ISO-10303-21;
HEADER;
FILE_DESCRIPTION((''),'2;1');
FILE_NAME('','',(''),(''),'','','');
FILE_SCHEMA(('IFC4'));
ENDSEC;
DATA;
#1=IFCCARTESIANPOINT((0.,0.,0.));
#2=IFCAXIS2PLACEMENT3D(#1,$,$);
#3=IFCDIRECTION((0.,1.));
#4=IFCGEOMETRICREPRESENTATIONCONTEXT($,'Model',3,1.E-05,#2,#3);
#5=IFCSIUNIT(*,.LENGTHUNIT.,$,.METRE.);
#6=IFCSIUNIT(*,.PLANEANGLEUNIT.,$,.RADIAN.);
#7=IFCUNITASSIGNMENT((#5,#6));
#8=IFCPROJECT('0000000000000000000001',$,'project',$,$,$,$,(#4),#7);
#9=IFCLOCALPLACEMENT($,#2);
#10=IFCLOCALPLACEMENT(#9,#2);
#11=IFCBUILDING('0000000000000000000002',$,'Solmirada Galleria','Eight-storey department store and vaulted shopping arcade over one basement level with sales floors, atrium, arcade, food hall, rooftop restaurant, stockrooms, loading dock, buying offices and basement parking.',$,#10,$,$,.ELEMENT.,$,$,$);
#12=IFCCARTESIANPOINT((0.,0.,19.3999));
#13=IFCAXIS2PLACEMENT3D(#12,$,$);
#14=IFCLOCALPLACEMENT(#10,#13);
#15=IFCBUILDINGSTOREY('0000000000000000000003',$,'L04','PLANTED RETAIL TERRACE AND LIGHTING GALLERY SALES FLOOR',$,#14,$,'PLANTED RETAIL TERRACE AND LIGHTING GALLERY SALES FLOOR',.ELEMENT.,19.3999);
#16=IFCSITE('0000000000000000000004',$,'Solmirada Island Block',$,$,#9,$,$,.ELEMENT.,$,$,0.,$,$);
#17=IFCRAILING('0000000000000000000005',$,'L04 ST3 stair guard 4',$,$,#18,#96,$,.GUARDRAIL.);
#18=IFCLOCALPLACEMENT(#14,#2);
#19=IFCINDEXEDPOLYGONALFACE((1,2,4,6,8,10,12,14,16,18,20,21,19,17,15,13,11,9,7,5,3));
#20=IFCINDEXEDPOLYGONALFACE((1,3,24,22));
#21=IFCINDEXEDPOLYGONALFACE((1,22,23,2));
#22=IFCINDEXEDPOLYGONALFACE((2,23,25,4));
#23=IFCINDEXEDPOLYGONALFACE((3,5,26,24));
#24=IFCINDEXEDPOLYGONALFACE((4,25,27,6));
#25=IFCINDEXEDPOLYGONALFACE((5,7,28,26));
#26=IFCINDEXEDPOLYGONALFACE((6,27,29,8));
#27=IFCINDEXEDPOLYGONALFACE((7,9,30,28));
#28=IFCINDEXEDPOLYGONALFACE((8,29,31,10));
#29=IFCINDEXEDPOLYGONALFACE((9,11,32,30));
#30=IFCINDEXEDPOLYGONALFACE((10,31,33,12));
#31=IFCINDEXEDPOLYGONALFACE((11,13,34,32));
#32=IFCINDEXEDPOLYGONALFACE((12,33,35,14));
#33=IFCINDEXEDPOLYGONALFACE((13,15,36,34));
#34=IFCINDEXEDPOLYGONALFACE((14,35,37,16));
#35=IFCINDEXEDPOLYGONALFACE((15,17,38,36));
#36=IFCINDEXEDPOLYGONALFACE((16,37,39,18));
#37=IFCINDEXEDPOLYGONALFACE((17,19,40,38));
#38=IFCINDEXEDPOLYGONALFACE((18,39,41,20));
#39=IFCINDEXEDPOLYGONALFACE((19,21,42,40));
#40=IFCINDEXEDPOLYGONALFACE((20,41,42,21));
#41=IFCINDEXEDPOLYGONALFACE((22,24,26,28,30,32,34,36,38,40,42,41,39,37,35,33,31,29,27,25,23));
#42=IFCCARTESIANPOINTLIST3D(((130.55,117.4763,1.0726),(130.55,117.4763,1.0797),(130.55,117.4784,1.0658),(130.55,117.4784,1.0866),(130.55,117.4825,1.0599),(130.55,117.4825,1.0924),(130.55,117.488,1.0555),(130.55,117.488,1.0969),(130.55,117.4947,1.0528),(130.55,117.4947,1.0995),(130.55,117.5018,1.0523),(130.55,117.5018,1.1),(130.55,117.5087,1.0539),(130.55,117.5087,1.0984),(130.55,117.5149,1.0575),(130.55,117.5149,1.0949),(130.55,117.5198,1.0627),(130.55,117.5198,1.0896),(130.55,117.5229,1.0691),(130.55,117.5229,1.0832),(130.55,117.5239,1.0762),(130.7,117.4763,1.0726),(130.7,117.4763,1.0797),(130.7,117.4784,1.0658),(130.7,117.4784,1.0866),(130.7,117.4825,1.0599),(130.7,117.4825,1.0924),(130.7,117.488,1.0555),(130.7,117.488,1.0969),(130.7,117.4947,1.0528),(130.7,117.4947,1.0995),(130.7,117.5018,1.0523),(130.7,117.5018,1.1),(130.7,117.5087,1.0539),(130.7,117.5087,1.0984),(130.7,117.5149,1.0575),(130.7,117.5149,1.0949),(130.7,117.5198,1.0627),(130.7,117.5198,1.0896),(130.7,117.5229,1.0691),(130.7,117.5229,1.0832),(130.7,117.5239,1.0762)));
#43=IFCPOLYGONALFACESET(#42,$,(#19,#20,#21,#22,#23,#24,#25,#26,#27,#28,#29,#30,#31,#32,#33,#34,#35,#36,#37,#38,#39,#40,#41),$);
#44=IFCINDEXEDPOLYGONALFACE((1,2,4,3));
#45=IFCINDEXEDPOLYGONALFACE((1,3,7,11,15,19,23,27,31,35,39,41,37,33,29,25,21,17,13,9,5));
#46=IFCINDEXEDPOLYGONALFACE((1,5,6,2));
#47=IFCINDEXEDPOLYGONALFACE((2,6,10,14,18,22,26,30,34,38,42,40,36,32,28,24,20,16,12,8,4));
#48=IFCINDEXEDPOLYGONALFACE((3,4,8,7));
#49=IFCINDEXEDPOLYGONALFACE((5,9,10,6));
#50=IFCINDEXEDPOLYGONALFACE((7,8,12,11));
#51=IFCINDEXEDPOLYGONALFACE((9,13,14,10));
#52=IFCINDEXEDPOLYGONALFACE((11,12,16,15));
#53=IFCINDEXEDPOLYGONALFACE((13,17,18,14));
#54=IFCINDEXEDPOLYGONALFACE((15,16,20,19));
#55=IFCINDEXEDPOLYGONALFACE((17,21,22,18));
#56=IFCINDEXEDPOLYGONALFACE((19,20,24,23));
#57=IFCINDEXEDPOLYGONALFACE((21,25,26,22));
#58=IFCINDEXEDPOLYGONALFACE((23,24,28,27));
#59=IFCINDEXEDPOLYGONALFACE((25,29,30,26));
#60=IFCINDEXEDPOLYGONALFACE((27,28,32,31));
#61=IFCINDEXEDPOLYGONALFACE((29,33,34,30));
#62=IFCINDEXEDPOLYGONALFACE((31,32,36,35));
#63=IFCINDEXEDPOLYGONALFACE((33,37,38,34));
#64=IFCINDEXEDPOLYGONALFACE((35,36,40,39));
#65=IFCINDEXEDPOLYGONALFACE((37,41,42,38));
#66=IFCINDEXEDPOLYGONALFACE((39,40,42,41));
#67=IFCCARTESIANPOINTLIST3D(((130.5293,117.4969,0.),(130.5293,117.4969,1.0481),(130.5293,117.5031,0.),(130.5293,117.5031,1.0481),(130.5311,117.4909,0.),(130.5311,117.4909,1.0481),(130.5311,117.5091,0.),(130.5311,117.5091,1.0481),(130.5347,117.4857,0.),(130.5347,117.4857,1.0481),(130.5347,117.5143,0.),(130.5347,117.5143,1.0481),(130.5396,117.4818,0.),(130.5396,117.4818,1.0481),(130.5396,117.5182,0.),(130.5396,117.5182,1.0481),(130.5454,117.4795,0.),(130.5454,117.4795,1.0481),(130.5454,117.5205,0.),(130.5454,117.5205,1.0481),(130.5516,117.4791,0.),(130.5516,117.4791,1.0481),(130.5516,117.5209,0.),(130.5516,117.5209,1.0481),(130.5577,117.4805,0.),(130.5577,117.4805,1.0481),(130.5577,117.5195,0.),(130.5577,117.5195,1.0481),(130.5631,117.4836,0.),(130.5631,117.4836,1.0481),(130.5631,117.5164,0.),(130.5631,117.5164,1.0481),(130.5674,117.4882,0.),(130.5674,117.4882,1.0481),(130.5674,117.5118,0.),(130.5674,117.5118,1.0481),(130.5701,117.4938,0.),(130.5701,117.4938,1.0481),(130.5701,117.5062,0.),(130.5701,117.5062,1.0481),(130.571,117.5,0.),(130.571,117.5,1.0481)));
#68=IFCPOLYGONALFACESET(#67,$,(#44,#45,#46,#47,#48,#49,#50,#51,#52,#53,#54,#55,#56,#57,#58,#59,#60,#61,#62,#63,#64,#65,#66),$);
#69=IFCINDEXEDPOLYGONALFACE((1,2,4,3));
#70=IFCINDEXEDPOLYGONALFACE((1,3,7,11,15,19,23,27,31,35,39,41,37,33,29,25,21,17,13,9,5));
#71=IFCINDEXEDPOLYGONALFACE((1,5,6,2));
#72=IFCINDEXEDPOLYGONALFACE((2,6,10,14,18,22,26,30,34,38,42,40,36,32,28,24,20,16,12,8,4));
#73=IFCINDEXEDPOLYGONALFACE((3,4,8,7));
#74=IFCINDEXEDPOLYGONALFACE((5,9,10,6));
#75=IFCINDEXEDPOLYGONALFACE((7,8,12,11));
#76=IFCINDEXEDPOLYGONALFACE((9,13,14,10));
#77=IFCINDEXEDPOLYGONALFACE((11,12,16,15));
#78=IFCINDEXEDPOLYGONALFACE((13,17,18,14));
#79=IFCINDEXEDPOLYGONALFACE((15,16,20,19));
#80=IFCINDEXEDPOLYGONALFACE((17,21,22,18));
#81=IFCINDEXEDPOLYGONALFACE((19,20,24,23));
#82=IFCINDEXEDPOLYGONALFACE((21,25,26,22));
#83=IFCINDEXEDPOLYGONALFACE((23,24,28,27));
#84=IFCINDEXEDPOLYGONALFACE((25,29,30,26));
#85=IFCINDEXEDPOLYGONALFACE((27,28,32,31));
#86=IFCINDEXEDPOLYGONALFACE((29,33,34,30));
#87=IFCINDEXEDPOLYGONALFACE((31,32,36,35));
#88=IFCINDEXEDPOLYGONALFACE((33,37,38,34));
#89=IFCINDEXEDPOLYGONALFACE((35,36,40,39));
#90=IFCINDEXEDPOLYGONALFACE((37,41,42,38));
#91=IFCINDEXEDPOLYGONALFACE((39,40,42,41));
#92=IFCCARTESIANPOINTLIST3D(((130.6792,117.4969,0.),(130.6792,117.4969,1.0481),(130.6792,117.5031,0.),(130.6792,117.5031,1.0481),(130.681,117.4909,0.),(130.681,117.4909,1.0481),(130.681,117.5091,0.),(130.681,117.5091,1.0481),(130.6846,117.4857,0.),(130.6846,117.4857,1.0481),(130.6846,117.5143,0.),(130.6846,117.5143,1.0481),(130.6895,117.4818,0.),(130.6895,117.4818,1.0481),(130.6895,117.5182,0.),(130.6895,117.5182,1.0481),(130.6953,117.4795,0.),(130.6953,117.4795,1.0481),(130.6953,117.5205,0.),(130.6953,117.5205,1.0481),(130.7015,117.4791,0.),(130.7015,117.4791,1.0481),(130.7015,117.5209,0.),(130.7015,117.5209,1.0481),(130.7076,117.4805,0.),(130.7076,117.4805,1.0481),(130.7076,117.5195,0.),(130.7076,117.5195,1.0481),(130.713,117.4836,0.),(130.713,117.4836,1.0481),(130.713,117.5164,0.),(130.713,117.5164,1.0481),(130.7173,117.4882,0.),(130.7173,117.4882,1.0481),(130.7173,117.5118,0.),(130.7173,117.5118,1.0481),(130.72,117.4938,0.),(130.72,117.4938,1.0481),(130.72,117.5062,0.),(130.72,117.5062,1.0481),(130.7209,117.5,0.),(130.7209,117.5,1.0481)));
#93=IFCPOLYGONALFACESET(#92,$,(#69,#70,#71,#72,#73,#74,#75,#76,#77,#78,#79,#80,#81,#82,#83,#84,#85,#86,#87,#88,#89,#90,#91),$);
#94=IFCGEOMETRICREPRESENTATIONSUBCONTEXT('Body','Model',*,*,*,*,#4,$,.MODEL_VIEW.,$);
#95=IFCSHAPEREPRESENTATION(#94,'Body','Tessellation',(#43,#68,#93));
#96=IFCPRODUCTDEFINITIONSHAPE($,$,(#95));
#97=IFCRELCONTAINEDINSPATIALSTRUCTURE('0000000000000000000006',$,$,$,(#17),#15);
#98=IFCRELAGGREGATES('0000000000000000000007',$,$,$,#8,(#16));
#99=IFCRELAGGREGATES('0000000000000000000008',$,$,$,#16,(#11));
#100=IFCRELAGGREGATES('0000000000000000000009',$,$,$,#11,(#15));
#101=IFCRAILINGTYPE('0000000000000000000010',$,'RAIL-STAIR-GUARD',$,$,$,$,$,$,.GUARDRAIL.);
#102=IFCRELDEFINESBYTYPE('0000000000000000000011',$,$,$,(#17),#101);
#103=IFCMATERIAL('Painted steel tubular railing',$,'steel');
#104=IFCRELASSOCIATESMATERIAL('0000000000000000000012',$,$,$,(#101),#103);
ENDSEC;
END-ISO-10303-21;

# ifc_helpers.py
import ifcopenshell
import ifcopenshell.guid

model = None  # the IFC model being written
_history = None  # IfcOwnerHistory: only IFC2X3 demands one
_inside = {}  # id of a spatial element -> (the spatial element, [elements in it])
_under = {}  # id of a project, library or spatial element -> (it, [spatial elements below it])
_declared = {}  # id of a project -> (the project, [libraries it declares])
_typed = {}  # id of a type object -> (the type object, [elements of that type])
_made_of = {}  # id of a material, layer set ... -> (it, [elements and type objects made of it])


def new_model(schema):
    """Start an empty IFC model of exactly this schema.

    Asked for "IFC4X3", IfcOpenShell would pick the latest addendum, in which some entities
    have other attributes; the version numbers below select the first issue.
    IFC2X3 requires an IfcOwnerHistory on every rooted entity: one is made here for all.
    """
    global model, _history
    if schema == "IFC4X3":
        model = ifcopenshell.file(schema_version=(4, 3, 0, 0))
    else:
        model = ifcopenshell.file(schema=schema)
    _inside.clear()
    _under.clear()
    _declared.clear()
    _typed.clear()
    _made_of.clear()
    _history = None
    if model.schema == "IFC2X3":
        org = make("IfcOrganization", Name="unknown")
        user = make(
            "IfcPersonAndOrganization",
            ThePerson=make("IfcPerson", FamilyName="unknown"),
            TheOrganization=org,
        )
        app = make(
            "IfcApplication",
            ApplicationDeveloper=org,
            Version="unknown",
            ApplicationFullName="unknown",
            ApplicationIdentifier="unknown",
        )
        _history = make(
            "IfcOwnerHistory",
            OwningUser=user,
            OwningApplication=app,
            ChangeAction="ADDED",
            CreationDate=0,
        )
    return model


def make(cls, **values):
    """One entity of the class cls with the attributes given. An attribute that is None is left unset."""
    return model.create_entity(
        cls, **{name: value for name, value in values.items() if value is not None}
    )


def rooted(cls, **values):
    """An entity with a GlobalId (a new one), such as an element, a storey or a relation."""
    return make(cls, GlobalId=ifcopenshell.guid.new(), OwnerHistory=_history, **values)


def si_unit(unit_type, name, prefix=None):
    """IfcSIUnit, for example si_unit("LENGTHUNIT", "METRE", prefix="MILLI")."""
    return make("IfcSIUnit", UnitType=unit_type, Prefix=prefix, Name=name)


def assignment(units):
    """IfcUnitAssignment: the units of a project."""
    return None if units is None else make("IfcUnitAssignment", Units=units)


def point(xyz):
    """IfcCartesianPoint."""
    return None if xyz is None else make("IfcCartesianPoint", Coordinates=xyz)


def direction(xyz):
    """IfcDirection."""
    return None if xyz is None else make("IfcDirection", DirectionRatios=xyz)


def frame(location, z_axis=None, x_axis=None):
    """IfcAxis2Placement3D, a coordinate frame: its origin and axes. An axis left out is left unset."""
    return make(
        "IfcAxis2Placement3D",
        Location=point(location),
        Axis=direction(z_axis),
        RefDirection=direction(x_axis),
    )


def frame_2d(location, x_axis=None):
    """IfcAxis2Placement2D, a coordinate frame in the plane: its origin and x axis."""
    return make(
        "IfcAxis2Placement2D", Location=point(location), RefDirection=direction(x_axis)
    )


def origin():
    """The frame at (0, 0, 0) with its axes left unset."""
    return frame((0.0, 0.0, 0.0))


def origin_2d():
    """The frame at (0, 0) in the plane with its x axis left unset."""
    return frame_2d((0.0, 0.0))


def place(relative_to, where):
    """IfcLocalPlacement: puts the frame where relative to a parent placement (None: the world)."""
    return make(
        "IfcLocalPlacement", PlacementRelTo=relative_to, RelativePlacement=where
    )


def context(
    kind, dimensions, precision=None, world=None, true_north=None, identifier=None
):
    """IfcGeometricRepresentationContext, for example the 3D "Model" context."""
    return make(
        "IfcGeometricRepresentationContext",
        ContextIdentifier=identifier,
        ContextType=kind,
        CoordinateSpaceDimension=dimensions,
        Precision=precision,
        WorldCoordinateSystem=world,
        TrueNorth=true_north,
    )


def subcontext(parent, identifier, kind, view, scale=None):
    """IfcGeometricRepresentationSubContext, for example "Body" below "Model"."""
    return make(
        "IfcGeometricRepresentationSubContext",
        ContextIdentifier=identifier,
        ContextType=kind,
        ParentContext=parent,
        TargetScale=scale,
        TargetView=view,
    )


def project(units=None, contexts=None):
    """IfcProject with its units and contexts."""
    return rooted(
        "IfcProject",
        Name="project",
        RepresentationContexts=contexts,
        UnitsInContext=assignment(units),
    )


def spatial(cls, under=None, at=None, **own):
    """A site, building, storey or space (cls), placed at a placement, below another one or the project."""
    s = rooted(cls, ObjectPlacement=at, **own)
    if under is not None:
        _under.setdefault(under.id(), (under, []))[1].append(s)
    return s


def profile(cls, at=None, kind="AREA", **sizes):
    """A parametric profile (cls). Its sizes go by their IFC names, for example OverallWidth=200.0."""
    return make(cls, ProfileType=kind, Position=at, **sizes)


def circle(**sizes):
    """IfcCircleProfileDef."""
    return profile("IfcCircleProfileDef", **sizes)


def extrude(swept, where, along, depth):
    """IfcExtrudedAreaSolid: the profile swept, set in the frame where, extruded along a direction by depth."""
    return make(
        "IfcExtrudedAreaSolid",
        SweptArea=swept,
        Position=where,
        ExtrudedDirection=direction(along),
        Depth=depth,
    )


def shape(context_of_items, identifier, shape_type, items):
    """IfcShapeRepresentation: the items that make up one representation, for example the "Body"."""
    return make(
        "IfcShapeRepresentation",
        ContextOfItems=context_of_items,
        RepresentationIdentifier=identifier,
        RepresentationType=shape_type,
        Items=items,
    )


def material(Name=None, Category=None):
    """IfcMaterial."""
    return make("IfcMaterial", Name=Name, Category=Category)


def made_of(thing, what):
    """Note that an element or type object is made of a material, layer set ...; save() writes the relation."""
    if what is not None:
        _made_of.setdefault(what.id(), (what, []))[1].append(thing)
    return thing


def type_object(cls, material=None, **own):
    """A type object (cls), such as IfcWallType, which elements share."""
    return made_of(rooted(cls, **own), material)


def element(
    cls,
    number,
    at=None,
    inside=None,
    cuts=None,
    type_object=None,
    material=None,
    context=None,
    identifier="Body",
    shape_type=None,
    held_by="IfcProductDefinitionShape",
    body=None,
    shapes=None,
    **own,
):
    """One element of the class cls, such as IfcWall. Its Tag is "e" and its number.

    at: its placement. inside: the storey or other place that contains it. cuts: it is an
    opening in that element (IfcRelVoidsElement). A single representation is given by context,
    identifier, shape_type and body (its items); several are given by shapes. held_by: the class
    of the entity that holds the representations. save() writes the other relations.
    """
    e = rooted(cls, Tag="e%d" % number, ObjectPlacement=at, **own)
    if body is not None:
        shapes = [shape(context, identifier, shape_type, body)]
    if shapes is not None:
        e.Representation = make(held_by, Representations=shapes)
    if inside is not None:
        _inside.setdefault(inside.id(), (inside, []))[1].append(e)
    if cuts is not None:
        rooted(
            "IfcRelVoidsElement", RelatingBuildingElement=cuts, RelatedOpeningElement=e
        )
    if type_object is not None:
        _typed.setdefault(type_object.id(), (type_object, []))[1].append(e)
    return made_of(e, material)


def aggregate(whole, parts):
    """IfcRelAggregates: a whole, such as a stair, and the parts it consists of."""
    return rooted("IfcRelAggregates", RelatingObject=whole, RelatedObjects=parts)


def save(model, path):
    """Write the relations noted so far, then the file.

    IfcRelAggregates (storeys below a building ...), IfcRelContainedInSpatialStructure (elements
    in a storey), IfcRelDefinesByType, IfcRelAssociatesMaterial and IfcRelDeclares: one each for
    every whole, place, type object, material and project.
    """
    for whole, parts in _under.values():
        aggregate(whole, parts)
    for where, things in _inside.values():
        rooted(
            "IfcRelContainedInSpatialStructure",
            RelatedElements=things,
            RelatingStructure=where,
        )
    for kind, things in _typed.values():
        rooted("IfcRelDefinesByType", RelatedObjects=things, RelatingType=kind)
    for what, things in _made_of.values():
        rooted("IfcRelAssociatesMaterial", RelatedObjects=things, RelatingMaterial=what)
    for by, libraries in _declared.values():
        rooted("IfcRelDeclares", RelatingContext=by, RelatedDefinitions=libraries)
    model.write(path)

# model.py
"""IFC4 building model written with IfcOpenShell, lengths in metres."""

from ifc_helpers import new_model, si_unit, direction, frame, origin, origin_2d, place, context, subcontext, project, spatial, circle, extrude, material, type_object, element, save


model = new_model("IFC4")

# Units and contexts
model_context = context("Model", 3, precision=1e-05, world=origin(), true_north=direction((0.0, 1.0)))
body_context = subcontext(model_context, "Body", "Model", "MODEL_VIEW")
ifc_project = project(units=[si_unit("LENGTHUNIT", "METRE"), si_unit("PLANEANGLEUNIT", "RADIAN")], contexts=[model_context])

# Site, building, storey
site_placement = place(None, origin())
site = spatial("IfcSite", under=ifc_project, at=site_placement, Name="Solmirada Island Block", CompositionType="ELEMENT", RefElevation=0.0)
building_placement = place(site_placement, origin())
building = spatial("IfcBuilding", under=site, at=building_placement, Name="Solmirada Galleria", Description="Eight-storey department store and vaulted shopping arcade over one basement level with sales floors, atrium, arcade, food hall, rooftop restaurant, stockrooms, loading dock, buying offices and basement parking.", CompositionType="ELEMENT")
storey_placement = place(building_placement, frame((0.0, 0.0, 19.3999)))
storey = spatial("IfcBuildingStorey", under=building, at=storey_placement, Name="L04", Description="PLANTED RETAIL TERRACE AND LIGHTING GALLERY SALES FLOOR", LongName="PLANTED RETAIL TERRACE AND LIGHTING GALLERY SALES FLOOR", CompositionType="ELEMENT", Elevation=19.3999)

# Railing
ifc_material_1 = material(Name="Painted steel tubular railing", Category="steel")
railing_type_1 = type_object("IfcRailingType", Name="RAIL-STAIR-GUARD", PredefinedType="GUARDRAIL", material=ifc_material_1)
railing_1_placement = place(storey_placement, frame((130.55, 117.5, 0.0)))
element("IfcRailing", 1, at=railing_1_placement, inside=storey, type_object=railing_type_1, Name="L04 ST3 stair guard 4", PredefinedType="GUARDRAIL", context=body_context, shape_type="SweptSolid", body=[
    extrude(circle(Radius=0.0239, at=origin_2d()), frame((0.0, 0.0, 1.0762), z_axis=(1.0, 0.0, 0.0), x_axis=(0.0, 1.0, 0.0)), (0.0, 0.0, 1.0), 0.1499),
    extrude(circle(Radius=0.021, at=origin_2d()), origin(), (0.0, 0.0, 1.0), 1.0481),
    extrude(circle(Radius=0.021, at=origin_2d()), frame((0.1499, 0.0, 0.0)), (0.0, 0.0, 1.0), 1.0481),
])

save(model, "model.ifc")
